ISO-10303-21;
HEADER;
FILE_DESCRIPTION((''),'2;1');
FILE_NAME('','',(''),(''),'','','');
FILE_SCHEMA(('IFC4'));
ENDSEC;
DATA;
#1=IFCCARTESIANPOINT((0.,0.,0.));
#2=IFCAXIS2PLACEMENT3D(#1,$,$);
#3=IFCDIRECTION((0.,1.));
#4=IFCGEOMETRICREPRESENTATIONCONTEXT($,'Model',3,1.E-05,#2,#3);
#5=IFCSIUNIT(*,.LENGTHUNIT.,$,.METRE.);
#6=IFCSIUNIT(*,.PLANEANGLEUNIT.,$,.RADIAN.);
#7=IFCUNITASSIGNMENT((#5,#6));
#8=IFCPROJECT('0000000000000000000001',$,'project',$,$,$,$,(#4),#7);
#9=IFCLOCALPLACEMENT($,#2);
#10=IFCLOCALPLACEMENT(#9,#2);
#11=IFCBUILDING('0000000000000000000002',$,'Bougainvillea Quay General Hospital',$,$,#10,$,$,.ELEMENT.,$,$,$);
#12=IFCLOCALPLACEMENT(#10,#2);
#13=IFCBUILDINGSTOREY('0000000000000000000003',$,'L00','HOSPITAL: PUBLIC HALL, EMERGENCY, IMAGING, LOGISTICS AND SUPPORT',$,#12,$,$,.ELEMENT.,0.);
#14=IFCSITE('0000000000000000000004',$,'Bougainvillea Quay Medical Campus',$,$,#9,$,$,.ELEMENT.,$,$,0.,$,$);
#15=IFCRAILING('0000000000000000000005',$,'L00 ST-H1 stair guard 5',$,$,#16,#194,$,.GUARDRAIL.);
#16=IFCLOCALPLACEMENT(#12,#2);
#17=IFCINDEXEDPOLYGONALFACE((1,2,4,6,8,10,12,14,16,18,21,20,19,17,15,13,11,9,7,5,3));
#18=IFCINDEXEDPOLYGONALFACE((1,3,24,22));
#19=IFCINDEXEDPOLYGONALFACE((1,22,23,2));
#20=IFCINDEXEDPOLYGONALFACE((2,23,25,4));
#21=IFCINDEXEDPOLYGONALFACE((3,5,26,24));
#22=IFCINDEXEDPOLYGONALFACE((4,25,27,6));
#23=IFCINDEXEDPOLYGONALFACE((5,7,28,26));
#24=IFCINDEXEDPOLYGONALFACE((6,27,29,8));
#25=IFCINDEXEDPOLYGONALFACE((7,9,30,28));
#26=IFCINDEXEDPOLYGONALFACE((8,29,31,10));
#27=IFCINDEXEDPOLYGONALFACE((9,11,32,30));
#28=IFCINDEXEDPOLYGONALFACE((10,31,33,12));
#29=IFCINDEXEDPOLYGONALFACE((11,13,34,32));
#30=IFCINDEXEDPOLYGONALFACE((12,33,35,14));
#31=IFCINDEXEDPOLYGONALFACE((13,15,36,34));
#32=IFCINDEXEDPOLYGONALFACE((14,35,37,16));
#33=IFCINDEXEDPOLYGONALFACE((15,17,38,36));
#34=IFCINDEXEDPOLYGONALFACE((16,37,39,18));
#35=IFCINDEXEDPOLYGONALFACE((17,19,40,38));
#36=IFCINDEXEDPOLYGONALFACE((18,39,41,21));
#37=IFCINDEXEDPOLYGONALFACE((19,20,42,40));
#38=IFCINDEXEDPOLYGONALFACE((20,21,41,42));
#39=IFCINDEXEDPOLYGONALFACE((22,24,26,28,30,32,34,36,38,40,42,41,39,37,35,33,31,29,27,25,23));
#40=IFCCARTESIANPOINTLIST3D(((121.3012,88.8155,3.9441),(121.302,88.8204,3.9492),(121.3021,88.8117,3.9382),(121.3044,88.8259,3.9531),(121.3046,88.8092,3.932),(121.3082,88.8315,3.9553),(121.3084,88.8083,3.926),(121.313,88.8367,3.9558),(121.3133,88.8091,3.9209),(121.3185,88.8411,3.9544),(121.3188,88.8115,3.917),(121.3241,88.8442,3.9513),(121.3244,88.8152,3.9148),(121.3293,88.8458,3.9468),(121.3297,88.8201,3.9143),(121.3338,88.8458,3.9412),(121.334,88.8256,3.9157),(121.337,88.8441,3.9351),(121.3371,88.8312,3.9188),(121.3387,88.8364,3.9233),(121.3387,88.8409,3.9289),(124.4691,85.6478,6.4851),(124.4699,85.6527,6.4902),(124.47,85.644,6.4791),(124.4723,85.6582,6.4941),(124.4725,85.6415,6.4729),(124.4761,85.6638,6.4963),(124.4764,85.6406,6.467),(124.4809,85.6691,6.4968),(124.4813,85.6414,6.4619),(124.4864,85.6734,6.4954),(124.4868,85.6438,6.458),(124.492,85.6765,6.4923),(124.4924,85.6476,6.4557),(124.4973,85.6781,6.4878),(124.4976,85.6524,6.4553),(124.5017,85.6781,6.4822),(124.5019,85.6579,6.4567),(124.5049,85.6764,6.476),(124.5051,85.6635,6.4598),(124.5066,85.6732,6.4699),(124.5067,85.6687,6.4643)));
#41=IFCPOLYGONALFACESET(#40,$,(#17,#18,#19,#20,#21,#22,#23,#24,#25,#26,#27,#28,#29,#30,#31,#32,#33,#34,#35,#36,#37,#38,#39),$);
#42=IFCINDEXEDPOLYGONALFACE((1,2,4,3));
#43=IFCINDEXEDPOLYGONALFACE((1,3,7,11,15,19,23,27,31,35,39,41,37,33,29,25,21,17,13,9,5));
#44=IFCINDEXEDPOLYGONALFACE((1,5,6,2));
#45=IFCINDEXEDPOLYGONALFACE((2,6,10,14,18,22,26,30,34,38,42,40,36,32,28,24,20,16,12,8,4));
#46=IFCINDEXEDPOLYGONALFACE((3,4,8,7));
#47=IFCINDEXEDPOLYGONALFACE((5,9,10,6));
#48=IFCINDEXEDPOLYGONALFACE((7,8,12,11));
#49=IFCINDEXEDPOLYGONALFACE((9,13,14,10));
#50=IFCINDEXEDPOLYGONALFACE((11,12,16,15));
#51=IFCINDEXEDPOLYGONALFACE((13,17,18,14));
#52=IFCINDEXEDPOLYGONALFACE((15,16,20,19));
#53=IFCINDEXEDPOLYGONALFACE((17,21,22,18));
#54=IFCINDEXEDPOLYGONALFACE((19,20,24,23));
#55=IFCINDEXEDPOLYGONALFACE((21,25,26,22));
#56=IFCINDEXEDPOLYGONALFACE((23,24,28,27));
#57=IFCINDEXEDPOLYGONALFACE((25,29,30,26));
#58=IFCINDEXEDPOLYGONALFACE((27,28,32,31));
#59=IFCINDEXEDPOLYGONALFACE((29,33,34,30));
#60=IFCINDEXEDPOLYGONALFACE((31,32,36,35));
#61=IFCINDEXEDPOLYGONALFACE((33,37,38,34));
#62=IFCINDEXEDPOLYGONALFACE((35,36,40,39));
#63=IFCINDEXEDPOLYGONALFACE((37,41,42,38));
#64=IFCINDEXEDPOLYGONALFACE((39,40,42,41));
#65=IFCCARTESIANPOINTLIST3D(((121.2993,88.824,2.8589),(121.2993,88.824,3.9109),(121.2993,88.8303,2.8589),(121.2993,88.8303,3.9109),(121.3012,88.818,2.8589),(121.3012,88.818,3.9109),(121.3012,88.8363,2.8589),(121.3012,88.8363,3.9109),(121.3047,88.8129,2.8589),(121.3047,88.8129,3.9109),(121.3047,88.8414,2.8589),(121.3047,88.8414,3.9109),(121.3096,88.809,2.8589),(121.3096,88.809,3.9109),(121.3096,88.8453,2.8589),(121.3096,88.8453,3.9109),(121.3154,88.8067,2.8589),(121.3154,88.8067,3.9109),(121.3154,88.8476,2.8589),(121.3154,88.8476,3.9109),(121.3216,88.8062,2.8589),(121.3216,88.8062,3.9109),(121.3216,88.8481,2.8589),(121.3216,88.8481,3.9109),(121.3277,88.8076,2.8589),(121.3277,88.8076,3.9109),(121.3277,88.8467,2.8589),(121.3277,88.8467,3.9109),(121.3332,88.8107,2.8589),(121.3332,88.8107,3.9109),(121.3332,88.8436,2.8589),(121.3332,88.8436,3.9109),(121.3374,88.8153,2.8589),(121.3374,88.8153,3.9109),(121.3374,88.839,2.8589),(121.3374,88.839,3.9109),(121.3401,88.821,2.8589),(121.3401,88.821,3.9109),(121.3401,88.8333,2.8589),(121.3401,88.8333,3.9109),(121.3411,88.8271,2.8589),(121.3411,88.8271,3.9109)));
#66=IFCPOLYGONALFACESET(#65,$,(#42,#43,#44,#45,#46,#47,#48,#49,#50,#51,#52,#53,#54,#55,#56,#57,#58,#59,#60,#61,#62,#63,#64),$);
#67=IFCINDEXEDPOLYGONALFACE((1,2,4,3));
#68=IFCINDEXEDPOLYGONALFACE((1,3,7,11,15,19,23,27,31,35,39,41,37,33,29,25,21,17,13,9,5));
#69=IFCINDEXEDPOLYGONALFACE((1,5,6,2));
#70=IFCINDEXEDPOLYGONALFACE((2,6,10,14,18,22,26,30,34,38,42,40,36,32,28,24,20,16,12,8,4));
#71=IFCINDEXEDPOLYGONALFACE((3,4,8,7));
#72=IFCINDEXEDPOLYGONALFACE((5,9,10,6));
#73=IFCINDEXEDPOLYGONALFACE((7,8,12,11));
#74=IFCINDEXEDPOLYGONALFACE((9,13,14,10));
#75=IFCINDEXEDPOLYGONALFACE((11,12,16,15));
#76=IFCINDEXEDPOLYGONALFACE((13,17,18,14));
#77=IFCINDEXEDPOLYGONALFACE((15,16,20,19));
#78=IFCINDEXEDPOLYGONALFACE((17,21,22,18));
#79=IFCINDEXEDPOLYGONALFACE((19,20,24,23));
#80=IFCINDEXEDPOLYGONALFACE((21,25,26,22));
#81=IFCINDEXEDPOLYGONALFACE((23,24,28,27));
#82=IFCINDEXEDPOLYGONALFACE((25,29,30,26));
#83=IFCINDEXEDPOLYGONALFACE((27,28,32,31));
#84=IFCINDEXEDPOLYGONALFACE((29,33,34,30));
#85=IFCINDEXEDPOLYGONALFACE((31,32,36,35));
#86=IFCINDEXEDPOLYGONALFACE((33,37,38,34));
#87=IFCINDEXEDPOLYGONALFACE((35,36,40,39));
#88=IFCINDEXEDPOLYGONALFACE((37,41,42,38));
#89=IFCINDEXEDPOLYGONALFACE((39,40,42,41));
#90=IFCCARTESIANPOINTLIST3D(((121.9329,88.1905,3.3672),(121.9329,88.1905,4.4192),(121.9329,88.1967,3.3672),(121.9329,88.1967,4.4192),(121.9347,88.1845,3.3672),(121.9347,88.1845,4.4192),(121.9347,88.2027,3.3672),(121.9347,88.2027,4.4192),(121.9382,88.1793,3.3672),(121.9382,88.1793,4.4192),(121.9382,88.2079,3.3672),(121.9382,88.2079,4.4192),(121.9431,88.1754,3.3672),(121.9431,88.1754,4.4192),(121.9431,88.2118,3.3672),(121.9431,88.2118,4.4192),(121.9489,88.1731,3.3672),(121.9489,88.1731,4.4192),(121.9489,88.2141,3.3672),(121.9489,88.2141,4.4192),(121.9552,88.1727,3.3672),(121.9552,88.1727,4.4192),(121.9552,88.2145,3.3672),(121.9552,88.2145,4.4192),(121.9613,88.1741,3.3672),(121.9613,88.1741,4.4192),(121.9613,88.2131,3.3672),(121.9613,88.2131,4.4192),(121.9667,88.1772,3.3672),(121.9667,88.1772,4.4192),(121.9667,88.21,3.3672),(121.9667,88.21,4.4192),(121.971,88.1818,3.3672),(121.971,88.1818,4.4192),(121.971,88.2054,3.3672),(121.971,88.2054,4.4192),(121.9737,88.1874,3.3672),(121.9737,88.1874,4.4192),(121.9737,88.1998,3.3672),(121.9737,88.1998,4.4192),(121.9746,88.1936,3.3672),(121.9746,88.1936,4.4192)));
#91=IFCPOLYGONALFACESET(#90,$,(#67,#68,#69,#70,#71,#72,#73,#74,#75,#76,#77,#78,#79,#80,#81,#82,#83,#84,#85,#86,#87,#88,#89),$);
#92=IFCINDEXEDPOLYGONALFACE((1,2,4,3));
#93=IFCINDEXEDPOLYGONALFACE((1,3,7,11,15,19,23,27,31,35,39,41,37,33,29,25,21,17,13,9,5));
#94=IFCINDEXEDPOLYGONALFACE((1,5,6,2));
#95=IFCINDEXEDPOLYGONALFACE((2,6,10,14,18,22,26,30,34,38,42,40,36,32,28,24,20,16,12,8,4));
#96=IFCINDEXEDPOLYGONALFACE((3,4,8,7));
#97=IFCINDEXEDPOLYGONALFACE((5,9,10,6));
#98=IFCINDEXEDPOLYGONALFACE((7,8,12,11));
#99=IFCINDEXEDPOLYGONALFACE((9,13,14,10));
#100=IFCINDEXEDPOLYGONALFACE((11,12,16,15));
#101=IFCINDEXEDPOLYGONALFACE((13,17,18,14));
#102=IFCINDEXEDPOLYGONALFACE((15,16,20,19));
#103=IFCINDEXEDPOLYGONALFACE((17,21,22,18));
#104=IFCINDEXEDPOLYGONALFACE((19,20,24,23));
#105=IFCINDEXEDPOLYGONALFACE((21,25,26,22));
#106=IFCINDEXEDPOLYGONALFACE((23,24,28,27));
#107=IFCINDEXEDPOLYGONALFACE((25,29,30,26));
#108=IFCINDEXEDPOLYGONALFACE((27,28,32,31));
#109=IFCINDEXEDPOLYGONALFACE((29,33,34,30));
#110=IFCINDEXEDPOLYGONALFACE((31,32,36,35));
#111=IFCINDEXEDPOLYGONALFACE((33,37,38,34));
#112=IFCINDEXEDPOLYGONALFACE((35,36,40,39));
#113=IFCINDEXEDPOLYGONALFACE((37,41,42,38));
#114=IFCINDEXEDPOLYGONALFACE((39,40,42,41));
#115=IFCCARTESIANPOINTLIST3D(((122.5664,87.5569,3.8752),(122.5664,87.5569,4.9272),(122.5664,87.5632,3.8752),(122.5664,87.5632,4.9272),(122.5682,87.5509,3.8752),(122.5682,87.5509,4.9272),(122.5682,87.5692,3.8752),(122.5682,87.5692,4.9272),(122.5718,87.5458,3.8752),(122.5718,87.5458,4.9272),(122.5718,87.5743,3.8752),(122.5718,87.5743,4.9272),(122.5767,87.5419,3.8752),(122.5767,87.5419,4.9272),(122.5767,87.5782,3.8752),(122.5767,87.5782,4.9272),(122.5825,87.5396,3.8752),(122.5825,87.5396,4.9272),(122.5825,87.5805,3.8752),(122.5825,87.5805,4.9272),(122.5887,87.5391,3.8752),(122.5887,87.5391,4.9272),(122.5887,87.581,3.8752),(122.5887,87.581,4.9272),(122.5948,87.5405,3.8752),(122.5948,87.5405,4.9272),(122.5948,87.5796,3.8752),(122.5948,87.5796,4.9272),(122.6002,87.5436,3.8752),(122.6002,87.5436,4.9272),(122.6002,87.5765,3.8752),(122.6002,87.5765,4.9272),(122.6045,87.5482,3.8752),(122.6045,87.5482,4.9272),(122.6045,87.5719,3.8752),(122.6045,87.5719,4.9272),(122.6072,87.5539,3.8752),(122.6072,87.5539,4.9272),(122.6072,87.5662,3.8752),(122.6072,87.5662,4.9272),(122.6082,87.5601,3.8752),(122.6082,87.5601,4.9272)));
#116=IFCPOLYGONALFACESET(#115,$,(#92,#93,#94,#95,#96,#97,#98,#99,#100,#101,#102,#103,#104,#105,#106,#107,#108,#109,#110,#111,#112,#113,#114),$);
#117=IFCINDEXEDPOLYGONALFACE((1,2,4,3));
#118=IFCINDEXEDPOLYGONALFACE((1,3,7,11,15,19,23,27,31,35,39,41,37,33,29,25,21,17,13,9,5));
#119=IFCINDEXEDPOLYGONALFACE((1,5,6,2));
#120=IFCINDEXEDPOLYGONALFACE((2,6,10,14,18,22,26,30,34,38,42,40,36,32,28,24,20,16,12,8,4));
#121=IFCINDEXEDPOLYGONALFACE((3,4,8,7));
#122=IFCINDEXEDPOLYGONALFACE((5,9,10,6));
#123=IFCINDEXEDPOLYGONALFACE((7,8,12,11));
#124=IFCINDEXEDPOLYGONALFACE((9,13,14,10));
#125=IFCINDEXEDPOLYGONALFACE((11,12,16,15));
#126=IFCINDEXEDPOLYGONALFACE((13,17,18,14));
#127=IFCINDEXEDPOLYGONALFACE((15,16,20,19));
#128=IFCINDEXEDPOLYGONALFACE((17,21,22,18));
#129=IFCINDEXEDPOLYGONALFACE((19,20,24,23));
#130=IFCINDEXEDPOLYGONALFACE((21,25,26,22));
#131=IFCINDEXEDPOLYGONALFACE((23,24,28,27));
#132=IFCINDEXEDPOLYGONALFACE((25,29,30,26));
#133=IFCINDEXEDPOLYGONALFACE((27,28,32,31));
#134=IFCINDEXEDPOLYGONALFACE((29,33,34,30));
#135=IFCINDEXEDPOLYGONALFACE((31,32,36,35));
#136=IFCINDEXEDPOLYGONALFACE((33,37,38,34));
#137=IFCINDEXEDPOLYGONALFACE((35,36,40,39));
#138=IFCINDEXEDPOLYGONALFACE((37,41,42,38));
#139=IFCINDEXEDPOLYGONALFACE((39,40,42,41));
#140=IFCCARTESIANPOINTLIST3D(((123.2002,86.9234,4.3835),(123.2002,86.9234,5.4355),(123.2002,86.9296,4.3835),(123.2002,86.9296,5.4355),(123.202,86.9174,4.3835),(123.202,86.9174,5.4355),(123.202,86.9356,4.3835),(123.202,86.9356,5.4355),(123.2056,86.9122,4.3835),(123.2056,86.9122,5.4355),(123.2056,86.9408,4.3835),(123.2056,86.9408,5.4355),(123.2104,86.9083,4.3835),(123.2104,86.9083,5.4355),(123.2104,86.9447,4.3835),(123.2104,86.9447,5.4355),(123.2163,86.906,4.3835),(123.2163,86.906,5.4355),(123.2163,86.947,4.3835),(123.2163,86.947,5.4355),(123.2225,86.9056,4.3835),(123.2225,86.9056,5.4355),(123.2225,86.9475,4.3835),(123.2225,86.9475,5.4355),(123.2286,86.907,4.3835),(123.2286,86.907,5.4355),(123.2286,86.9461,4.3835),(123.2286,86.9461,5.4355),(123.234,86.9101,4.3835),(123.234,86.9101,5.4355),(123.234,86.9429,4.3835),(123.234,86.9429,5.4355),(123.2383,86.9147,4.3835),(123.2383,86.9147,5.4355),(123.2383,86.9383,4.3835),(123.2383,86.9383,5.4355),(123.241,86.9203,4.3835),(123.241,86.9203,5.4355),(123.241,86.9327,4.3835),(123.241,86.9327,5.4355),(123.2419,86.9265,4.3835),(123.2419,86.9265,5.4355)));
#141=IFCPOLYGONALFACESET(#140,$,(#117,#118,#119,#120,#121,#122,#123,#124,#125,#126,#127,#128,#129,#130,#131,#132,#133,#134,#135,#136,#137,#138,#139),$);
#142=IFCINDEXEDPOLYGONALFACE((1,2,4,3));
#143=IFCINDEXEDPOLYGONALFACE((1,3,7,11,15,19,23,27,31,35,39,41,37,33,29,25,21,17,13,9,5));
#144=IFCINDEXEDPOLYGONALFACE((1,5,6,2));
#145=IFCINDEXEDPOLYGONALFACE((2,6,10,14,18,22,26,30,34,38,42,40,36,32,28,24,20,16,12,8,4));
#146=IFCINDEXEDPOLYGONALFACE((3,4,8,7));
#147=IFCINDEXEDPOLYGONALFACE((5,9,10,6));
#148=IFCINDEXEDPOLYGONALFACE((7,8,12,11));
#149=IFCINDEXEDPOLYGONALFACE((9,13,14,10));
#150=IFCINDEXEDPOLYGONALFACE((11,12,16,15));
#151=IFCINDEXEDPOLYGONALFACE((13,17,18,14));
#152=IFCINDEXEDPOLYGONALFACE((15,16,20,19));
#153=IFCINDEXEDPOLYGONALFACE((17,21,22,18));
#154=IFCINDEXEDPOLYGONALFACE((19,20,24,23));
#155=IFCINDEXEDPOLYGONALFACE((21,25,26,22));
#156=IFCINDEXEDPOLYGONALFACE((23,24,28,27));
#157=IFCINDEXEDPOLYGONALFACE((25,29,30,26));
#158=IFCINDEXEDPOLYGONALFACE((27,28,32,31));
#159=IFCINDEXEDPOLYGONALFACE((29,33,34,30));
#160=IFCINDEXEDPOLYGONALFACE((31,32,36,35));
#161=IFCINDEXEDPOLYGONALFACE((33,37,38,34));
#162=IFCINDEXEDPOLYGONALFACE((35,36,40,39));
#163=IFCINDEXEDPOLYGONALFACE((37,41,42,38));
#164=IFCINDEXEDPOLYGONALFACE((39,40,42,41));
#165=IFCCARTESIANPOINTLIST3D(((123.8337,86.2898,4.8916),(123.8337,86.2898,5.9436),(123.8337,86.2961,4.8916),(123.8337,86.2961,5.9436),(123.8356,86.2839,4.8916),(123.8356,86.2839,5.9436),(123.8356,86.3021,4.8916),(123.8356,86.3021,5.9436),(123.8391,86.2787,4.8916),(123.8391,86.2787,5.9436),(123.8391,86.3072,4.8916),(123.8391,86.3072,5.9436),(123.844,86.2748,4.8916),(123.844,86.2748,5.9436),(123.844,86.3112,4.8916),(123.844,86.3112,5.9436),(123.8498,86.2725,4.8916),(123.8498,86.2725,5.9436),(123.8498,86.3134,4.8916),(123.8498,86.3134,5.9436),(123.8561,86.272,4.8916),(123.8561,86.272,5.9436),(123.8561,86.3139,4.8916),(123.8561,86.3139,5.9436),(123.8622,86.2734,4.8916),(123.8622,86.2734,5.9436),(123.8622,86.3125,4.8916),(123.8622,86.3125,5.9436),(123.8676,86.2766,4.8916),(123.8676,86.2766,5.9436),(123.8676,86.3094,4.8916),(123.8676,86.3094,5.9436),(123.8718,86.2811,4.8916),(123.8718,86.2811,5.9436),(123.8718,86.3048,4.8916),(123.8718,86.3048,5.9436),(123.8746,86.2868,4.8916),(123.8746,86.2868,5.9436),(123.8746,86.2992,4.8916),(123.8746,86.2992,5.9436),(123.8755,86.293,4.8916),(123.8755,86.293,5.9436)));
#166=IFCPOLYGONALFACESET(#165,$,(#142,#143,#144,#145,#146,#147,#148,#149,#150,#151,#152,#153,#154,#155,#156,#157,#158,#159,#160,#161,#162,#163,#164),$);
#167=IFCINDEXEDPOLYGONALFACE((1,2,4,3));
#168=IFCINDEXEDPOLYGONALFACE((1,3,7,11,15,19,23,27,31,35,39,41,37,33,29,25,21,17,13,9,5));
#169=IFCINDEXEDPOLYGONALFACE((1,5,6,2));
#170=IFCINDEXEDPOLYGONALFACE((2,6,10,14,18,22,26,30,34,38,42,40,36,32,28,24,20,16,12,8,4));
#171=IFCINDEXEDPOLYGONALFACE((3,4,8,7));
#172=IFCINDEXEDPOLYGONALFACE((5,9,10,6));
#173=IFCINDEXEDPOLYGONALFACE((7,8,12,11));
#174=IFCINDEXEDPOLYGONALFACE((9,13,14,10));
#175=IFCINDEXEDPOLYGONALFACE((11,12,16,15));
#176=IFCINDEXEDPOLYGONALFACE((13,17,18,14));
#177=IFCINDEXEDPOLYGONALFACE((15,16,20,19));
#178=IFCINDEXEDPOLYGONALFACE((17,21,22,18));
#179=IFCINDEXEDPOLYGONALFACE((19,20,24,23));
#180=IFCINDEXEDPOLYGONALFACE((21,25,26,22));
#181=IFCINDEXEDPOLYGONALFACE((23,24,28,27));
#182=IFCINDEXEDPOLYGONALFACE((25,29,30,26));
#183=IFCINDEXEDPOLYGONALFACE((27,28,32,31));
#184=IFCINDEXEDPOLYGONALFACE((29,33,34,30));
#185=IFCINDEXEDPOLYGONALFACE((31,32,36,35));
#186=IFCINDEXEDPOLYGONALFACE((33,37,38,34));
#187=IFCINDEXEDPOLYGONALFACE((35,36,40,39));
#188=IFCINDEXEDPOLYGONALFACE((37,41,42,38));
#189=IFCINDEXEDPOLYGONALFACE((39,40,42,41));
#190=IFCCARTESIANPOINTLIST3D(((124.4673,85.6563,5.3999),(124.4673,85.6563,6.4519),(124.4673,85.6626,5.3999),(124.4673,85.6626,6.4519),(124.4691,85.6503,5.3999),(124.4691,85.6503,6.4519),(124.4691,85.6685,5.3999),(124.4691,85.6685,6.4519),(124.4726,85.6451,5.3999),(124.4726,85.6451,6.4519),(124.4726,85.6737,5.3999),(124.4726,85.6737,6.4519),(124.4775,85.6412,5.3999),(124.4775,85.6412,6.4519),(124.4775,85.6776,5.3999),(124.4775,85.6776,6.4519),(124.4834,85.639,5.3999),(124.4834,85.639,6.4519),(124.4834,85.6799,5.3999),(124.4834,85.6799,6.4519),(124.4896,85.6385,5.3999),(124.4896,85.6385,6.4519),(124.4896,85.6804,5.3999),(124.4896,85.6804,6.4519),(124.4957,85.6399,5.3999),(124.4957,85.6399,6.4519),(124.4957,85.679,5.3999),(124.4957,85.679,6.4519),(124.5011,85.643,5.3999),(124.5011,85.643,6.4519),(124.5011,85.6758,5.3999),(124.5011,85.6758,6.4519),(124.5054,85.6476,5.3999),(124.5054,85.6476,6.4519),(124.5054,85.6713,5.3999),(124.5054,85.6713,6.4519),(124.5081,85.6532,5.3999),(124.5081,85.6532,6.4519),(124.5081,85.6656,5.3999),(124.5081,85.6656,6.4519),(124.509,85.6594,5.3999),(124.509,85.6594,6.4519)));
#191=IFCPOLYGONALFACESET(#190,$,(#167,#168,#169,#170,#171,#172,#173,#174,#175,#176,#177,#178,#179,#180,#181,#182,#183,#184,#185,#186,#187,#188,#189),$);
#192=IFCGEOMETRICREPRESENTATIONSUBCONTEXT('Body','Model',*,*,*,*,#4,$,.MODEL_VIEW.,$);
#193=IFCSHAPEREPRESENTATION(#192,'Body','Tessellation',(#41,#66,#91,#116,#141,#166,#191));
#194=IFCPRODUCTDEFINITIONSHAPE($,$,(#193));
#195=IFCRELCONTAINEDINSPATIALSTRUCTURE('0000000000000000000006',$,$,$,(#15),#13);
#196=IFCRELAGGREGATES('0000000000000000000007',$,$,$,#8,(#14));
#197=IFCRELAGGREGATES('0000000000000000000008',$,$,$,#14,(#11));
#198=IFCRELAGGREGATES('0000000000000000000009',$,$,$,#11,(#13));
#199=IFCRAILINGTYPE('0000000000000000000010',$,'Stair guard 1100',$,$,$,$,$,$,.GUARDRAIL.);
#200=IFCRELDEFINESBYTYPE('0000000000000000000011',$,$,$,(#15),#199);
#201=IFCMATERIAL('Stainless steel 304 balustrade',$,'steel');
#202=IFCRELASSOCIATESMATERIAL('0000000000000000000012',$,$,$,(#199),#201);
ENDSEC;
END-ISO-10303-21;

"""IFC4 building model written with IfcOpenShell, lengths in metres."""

from ifc_helpers import new_model, si_unit, direction, frame, origin, origin_2d, place, context, subcontext, project, spatial, circle, extrude, material, type_object, element, save


model = new_model("IFC4")

# Units and contexts
model_context = context("Model", 3, precision=1e-05, world=origin(), true_north=direction((0.0, 1.0)))
body_context = subcontext(model_context, "Body", "Model", "MODEL_VIEW")
ifc_project = project(units=[si_unit("LENGTHUNIT", "METRE"), si_unit("PLANEANGLEUNIT", "RADIAN")], contexts=[model_context])

# Site, building, storey
site_placement = place(None, origin())
site = spatial("IfcSite", under=ifc_project, at=site_placement, Name="Bougainvillea Quay Medical Campus", CompositionType="ELEMENT", RefElevation=0.0)
building_placement = place(site_placement, origin())
building = spatial("IfcBuilding", under=site, at=building_placement, Name="Bougainvillea Quay General Hospital", CompositionType="ELEMENT")
storey_placement = place(building_placement, origin())
storey = spatial("IfcBuildingStorey", under=building, at=storey_placement, Name="L00", Description="HOSPITAL: PUBLIC HALL, EMERGENCY, IMAGING, LOGISTICS AND SUPPORT", CompositionType="ELEMENT", Elevation=0.0)

# Railing
ifc_material_1 = material(Name="Stainless steel 304 balustrade", Category="steel")
railing_type_1 = type_object("IfcRailingType", Name="Stair guard 1100", PredefinedType="GUARDRAIL", material=ifc_material_1)
railing_1_placement = place(storey_placement, frame((121.3201, 88.8271, 2.8589)))
element("IfcRailing", 1, at=railing_1_placement, inside=storey, type_object=railing_type_1, Name="L00 ST-H1 stair guard 5", PredefinedType="GUARDRAIL", context=body_context, shape_type="SweptSolid", body=[
    extrude(circle(Radius=0.0239, at=origin_2d()), frame((0.0, 0.0, 1.0762), z_axis=(0.615084, -0.615037, 0.493357), x_axis=(0.70708, 0.707134, 0.0)), (0.0, 0.0, 1.0), 5.1504),
    extrude(circle(Radius=0.021, at=origin_2d()), origin(), (0.0, 0.0, 1.0), 1.052),
    extrude(circle(Radius=0.021, at=origin_2d()), frame((0.6335, -0.6335, 0.5083)), (0.0, 0.0, 1.0), 1.052),
    extrude(circle(Radius=0.021, at=origin_2d()), frame((1.2671, -1.2671, 1.0164)), (0.0, 0.0, 1.0), 1.052),
    extrude(circle(Radius=0.021, at=origin_2d()), frame((1.9009, -1.9006, 1.5247)), (0.0, 0.0, 1.0), 1.052),
    extrude(circle(Radius=0.021, at=origin_2d()), frame((2.5344, -2.5342, 2.0327)), (0.0, 0.0, 1.0), 1.052),
    extrude(circle(Radius=0.021, at=origin_2d()), frame((3.168, -3.1677, 2.541)), (0.0, 0.0, 1.0), 1.052),
])

save(model, "model.ifc")
